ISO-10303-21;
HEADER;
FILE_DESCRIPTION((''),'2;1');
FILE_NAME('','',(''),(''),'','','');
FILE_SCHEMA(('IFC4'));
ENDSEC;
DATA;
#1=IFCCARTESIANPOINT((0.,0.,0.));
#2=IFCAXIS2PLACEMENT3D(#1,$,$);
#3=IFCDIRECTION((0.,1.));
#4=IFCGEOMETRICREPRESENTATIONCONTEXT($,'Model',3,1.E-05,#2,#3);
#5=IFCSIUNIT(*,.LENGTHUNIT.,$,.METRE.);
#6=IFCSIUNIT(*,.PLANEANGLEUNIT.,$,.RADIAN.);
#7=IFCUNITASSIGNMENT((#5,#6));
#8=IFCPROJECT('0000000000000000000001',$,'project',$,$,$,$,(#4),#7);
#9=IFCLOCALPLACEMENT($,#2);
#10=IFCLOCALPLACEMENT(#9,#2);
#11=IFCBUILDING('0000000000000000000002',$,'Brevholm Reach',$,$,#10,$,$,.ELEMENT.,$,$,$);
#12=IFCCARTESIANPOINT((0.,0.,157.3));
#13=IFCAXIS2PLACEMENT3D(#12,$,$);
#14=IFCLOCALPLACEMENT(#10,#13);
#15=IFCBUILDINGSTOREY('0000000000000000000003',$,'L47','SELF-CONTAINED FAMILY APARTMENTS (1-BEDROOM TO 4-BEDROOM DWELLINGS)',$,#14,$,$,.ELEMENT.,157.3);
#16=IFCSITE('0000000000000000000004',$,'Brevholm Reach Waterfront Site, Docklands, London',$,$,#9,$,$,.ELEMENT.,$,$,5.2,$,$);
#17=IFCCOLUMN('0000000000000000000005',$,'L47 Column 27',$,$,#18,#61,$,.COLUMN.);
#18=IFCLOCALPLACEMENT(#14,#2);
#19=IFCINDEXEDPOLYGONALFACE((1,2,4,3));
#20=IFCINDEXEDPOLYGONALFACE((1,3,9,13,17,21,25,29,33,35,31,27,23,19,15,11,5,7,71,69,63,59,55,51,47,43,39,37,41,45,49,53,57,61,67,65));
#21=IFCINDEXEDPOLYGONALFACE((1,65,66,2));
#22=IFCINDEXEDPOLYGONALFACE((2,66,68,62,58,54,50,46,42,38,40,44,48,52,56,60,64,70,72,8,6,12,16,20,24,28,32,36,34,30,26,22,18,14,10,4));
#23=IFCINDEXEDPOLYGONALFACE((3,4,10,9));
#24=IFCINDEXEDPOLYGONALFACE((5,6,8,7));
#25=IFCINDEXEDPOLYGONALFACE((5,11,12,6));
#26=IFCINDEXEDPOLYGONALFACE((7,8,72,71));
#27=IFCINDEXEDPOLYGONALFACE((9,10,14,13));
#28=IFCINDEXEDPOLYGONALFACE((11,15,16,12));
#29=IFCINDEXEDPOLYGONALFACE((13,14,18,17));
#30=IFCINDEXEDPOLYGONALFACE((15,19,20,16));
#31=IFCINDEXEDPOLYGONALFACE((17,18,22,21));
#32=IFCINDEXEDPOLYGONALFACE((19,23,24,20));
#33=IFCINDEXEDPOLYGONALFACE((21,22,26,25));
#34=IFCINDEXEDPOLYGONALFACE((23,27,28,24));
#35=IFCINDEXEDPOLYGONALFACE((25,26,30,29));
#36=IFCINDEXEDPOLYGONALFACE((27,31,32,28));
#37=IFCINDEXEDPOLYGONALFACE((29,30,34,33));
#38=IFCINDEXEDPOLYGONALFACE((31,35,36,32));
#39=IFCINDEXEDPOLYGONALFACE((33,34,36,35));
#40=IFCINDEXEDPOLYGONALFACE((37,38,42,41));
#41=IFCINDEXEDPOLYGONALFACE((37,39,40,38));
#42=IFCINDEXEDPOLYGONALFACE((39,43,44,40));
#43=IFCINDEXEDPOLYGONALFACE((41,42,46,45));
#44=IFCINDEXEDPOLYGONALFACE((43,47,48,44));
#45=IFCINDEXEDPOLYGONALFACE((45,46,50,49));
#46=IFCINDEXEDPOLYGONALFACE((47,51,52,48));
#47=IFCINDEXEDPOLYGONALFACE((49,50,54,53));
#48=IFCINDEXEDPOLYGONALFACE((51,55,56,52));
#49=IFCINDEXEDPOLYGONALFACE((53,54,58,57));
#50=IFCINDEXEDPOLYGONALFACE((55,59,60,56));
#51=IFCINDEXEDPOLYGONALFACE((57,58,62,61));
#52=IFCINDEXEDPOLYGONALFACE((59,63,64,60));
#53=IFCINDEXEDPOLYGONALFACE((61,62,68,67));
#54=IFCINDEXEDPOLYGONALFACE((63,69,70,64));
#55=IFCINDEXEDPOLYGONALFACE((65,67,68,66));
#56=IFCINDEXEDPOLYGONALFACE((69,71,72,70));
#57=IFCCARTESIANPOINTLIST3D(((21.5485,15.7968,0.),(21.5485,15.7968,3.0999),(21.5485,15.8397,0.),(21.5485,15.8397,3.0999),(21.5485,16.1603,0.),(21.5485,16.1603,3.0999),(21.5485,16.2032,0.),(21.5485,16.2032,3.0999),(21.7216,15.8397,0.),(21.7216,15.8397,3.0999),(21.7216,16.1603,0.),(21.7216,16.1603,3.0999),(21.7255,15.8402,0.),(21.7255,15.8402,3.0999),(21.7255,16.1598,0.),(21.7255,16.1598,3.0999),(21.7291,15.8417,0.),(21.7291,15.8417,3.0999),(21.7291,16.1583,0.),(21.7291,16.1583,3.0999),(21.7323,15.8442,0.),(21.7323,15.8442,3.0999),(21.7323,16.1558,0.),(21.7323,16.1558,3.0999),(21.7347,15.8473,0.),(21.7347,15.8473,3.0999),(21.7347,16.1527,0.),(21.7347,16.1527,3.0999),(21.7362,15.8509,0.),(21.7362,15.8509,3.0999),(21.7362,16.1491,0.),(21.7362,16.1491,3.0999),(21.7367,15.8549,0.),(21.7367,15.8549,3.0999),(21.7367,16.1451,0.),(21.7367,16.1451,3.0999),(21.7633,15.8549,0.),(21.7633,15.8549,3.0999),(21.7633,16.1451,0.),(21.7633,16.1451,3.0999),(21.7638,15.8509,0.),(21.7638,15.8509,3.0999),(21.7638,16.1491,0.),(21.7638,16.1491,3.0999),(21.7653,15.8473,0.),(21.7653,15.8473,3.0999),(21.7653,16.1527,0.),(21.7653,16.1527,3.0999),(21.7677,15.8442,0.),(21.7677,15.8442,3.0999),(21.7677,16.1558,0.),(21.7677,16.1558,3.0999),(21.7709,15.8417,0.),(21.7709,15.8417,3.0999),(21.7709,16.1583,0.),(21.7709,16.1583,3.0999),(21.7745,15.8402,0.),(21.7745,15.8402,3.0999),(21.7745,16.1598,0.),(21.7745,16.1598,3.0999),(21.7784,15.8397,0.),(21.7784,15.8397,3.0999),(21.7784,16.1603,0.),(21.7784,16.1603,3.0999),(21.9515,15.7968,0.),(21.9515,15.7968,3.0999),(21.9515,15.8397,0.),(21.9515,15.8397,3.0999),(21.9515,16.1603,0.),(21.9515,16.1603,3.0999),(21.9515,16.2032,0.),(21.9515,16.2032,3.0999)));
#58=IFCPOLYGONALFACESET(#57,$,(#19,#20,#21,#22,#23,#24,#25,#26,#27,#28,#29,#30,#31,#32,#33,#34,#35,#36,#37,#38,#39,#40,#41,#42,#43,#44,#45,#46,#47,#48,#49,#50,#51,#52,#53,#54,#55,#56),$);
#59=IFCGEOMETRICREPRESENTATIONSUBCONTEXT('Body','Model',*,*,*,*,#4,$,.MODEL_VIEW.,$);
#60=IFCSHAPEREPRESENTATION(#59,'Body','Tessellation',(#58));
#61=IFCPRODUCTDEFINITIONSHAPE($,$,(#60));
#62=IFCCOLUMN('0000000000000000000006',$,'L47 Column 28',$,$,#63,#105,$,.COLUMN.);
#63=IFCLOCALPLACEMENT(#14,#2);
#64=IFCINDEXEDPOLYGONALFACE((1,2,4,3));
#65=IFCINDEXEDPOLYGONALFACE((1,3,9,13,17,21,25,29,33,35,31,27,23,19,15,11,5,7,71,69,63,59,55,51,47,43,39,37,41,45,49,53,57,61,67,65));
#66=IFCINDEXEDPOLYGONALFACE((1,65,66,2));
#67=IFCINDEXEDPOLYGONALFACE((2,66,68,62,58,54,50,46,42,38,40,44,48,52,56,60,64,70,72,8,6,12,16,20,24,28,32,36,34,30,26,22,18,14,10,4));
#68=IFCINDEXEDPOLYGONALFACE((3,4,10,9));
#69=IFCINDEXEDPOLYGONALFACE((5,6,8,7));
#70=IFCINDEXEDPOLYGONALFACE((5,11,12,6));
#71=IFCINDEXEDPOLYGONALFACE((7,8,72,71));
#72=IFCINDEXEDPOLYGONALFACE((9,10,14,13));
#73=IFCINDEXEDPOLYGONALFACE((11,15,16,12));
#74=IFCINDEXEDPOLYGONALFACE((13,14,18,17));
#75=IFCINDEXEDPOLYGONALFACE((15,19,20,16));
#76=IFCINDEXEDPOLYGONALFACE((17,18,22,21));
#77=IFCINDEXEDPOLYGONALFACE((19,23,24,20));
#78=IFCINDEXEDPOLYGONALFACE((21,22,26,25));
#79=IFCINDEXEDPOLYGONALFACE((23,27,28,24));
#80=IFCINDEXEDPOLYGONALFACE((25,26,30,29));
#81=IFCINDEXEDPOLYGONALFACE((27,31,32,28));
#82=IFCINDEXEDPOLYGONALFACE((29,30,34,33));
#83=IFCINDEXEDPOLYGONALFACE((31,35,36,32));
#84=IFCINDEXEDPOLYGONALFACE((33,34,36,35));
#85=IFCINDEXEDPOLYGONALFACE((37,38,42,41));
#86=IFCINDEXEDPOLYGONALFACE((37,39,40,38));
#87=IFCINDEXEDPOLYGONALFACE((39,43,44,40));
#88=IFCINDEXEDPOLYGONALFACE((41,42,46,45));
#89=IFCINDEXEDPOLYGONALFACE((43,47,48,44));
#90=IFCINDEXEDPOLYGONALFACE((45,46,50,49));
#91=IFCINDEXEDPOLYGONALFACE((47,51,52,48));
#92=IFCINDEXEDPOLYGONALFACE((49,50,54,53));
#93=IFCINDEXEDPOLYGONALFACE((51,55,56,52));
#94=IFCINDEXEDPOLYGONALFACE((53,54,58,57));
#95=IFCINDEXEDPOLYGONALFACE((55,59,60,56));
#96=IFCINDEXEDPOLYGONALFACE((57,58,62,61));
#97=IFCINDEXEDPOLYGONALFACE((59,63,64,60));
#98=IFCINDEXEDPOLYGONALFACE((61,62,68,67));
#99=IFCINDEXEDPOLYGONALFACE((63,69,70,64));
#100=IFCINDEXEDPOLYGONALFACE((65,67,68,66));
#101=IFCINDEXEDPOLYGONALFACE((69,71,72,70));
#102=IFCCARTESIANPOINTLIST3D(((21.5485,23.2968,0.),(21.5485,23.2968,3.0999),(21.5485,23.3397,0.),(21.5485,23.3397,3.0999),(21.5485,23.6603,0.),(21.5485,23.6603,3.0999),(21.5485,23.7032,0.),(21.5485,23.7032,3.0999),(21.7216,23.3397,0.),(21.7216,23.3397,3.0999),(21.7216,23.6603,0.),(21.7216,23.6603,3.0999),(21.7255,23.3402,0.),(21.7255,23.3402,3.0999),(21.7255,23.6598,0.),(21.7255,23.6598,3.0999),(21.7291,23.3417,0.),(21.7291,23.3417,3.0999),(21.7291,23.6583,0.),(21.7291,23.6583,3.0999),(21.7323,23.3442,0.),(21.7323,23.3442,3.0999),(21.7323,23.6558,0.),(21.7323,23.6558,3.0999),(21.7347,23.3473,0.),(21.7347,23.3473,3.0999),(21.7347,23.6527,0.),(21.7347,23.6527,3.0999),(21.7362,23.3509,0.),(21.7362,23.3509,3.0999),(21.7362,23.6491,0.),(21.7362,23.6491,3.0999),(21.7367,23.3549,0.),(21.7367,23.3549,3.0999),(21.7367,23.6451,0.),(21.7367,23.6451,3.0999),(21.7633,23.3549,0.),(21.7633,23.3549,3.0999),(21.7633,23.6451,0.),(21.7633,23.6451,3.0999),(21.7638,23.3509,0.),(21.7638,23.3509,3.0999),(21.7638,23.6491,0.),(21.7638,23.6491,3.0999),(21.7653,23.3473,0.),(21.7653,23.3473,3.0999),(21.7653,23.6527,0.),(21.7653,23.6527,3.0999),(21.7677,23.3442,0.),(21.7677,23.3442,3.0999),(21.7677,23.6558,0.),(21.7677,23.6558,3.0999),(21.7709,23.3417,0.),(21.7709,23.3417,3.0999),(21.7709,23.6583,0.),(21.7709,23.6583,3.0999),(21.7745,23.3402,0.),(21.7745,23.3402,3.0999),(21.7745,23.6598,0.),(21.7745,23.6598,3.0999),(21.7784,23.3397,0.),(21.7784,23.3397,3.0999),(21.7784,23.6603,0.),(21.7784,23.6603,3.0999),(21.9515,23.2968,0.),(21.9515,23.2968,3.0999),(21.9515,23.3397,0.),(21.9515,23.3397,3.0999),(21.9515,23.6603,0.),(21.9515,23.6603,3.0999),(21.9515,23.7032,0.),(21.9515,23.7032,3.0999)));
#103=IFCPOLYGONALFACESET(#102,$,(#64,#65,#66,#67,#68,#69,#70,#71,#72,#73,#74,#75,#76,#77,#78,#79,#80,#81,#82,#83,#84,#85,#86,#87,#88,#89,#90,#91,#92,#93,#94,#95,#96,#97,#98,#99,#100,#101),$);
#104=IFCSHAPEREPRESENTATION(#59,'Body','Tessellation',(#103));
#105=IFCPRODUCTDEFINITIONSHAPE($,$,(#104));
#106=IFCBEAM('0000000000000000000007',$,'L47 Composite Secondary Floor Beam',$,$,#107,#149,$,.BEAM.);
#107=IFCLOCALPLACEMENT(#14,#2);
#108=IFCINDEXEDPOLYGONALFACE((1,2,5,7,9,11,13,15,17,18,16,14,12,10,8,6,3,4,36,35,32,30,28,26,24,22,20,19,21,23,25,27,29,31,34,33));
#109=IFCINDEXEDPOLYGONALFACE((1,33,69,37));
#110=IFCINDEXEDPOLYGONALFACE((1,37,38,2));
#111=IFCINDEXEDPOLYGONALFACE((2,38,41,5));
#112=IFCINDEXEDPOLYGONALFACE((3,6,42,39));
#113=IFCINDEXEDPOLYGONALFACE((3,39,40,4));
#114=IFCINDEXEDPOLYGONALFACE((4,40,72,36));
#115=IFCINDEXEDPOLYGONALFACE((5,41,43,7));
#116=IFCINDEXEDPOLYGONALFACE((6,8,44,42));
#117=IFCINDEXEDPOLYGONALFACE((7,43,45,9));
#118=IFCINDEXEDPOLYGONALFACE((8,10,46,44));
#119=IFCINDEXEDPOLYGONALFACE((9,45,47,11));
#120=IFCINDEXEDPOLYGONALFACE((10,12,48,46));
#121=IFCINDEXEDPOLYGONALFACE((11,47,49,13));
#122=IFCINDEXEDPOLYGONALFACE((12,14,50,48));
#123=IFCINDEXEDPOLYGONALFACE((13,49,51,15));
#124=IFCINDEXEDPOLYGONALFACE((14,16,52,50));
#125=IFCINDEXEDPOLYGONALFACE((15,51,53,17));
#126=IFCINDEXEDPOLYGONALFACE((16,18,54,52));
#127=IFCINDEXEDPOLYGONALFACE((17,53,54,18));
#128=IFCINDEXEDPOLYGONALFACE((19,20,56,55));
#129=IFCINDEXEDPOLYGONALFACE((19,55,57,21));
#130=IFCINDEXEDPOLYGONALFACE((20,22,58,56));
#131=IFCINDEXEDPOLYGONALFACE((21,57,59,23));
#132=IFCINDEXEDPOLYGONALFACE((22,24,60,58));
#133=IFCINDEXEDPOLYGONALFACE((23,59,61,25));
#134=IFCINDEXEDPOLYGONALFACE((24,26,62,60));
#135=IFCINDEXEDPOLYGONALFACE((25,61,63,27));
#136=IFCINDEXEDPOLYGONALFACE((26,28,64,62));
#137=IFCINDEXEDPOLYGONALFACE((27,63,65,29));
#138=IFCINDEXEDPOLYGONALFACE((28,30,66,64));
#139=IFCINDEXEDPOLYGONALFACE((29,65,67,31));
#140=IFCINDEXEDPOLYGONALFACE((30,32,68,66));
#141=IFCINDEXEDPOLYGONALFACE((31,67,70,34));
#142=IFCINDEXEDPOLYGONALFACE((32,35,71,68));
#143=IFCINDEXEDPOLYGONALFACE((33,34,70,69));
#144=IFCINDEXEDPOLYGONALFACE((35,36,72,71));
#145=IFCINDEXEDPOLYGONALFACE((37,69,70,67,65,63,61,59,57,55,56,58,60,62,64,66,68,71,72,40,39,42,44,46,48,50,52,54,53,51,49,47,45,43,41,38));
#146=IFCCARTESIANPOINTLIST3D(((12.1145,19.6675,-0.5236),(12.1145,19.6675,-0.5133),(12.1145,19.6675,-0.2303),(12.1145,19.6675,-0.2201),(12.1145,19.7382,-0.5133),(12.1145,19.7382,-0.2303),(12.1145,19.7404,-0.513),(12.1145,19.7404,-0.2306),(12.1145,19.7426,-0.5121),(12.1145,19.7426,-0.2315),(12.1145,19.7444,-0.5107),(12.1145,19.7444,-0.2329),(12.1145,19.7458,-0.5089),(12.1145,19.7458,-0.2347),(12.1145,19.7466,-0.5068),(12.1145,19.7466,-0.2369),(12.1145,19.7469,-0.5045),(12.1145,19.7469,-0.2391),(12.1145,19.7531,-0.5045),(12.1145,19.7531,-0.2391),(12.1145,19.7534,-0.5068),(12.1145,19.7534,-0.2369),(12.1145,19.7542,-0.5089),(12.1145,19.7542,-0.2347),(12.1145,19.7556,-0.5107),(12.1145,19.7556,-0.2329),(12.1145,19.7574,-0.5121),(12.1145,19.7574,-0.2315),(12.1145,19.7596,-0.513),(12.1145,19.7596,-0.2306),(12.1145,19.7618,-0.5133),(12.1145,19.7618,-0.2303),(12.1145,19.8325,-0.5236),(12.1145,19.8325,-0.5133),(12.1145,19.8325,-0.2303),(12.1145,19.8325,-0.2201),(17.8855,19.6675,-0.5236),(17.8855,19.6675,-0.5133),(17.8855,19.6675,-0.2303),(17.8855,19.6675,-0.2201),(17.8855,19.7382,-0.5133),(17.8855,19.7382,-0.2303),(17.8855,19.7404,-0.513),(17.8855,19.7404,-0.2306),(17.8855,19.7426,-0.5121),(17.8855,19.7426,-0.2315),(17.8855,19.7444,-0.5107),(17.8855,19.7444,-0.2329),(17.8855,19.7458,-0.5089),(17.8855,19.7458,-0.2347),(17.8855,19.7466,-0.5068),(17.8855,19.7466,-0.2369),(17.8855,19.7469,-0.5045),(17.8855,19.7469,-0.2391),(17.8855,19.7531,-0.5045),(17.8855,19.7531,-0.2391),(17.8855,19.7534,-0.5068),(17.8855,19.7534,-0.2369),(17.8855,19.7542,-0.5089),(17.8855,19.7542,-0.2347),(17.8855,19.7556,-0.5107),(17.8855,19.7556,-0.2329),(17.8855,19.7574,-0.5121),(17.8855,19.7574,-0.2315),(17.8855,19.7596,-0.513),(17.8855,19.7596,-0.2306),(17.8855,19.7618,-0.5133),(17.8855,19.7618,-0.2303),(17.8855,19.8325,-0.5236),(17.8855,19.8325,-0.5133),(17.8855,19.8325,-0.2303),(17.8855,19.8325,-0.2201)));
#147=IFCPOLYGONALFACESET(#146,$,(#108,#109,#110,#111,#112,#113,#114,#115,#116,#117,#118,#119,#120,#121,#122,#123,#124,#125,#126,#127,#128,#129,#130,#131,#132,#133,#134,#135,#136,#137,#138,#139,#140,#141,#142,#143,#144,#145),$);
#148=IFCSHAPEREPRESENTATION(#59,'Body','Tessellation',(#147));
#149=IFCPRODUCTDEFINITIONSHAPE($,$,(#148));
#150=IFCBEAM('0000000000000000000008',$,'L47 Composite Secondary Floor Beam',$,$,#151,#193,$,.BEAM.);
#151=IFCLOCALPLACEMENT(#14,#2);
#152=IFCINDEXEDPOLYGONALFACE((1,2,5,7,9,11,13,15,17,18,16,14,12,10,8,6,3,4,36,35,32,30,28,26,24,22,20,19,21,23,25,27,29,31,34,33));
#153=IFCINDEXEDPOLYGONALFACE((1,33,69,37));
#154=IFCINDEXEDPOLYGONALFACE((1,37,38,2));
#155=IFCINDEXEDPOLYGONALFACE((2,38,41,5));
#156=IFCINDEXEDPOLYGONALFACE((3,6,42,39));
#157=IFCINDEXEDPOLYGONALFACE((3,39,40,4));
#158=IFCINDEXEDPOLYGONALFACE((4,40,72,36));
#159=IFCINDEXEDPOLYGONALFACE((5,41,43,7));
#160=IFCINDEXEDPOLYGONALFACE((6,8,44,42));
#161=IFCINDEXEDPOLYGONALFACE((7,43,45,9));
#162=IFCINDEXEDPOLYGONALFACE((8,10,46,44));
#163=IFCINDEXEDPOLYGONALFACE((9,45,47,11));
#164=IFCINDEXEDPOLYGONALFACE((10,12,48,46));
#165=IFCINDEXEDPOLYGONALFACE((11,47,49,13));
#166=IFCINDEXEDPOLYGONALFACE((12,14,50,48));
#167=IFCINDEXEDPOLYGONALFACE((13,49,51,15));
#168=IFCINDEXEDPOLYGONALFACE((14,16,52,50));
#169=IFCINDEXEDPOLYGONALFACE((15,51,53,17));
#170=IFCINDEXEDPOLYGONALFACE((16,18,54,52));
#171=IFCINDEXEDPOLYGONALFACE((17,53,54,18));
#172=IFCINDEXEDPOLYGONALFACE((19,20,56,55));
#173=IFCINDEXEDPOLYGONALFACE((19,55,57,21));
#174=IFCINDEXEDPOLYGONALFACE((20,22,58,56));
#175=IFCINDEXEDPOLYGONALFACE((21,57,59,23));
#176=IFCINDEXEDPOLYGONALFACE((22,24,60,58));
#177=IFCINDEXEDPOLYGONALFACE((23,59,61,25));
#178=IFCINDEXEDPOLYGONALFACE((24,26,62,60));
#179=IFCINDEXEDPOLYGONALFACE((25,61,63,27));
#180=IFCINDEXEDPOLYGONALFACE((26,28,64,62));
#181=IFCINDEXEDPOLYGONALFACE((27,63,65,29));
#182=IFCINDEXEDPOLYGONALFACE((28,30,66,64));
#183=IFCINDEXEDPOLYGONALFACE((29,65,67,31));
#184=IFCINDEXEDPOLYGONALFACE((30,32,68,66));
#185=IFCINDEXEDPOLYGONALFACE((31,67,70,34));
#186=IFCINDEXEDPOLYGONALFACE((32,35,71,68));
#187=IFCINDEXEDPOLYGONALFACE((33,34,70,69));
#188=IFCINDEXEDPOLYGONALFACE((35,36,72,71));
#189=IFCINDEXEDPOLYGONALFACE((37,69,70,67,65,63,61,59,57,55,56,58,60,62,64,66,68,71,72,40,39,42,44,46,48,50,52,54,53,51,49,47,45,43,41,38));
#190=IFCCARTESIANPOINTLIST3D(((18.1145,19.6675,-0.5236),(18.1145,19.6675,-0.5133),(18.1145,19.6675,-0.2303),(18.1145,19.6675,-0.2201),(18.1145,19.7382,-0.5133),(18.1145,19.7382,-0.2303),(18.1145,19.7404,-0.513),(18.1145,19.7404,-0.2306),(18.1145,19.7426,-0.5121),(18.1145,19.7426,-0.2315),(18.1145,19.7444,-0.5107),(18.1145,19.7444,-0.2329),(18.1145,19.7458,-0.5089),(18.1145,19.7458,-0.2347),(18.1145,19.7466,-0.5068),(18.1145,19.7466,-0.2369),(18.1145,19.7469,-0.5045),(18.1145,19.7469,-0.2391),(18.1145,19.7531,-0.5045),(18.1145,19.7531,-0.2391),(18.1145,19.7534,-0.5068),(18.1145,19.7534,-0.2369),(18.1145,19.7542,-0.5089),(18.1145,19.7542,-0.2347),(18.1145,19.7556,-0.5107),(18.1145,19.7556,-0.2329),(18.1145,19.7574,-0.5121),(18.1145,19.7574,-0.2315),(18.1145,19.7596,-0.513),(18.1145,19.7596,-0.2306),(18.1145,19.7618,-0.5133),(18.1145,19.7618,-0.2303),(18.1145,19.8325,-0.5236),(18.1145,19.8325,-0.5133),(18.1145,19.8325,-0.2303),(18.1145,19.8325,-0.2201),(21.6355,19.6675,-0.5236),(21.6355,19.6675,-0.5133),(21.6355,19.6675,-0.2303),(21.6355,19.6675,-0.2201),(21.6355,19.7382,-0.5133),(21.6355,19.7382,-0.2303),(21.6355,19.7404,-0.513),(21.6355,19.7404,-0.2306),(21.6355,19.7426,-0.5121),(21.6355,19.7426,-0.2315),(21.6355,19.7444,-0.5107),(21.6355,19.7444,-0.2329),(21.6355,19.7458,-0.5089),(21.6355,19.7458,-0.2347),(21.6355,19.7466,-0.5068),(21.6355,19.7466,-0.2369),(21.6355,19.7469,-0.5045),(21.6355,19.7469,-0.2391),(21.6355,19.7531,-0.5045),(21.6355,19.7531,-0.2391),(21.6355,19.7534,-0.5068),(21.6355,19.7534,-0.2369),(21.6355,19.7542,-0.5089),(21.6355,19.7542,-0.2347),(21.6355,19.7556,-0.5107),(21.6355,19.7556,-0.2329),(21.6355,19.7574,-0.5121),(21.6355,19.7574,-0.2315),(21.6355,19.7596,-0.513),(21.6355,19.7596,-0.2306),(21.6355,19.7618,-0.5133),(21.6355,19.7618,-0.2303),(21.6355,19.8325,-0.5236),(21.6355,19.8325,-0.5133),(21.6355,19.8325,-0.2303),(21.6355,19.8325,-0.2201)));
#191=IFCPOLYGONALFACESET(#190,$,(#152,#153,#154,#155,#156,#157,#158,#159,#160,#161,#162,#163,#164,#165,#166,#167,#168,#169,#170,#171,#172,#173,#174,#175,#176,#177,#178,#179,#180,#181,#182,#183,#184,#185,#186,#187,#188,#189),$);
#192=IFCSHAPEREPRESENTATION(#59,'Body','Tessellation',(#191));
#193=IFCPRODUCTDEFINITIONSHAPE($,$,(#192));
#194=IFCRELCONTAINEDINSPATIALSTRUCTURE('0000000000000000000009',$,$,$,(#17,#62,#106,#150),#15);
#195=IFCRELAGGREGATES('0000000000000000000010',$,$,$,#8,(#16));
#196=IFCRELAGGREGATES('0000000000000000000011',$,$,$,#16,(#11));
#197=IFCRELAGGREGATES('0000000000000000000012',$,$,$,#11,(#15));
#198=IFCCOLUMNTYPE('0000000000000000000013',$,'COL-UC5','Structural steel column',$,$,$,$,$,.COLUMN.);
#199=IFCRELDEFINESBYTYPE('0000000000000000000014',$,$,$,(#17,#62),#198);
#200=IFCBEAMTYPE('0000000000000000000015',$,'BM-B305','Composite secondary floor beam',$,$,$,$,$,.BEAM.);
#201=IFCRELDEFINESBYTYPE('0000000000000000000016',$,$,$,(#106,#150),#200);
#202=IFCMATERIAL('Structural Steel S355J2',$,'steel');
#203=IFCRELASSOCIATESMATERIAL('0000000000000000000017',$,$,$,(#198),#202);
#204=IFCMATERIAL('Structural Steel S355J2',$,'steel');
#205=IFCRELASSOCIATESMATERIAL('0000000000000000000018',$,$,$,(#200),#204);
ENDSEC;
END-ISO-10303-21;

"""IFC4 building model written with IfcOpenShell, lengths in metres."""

from ifc_helpers import new_model, si_unit, direction, frame, origin, origin_2d, place, context, subcontext, project, spatial, i_section, extrude, material, material_profile, profile_set, type_object, element, save


model = new_model("IFC4")

# Units and contexts
model_context = context("Model", 3, precision=1e-05, world=origin(), true_north=direction((0.0, 1.0)))
body_context = subcontext(model_context, "Body", "Model", "MODEL_VIEW")
ifc_project = project(units=[si_unit("LENGTHUNIT", "METRE"), si_unit("PLANEANGLEUNIT", "RADIAN")], contexts=[model_context])

# Site, building, storey
site_placement = place(None, origin())
site = spatial("IfcSite", under=ifc_project, at=site_placement, Name="Brevholm Reach Waterfront Site, Docklands, London", CompositionType="ELEMENT", RefElevation=5.2)
building_placement = place(site_placement, origin())
building = spatial("IfcBuilding", under=site, at=building_placement, Name="Brevholm Reach", CompositionType="ELEMENT")
storey_placement = place(building_placement, frame((0.0, 0.0, 157.3)))
storey = spatial("IfcBuildingStorey", under=building, at=storey_placement, Name="L47", Description="SELF-CONTAINED FAMILY APARTMENTS (1-BEDROOM TO 4-BEDROOM DWELLINGS)", CompositionType="ELEMENT", Elevation=157.3)

# Columns
ifc_material_1 = material(Name="Structural Steel S355J2", Category="steel")
ifc_material_profile_1 = material_profile(ifc_material_1, i_section(OverallWidth=0.4031, OverallDepth=0.4065, WebThickness=0.0266, FlangeThickness=0.043, FilletRadius=0.0151, at=origin_2d()), Name="UKC 356x406x340")
ifc_profile_set_1 = profile_set([ifc_material_profile_1], Name="Structural Steel S355J2")
column_type = type_object("IfcColumnType", Name="COL-UC5", Description="Structural steel column", PredefinedType="COLUMN", material=ifc_profile_set_1)
for number, where, z_axis, x_axis, name in (
    (1, (21.75, 16.0, 0.0), (0.0, 0.0, 1.0), (1.0, 0.0, 0.0), "L47 Column 27"),
    (2, (21.75, 23.5, 0.0), (0.0, 0.0, 1.0), (1.0, 0.0, 0.0), "L47 Column 28"),
):
    element("IfcColumn", number, at=place(storey_placement, frame(where, z_axis=z_axis, x_axis=x_axis)), inside=storey, type_object=column_type, Name=name, PredefinedType="COLUMN", context=body_context, shape_type="SweptSolid", body=[
        extrude(i_section(OverallWidth=0.4031, OverallDepth=0.4065, WebThickness=0.0266, FlangeThickness=0.043, FilletRadius=0.0151, at=origin_2d()), origin(), (0.0, 0.0, 1.0), 3.0999),
    ])

# Beams
ifc_material_2 = material(Name="Structural Steel S355J2", Category="steel")
ifc_material_profile_2 = material_profile(ifc_material_2, i_section(OverallWidth=0.165, OverallDepth=0.3035, WebThickness=0.0061, FlangeThickness=0.0103, FilletRadius=0.0088, at=origin_2d()), Name="UKB 305x165x40")
ifc_profile_set_2 = profile_set([ifc_material_profile_2], Name="Structural Steel S355J2")
beam_type_1 = type_object("IfcBeamType", Name="BM-B305", Description="Composite secondary floor beam", PredefinedType="BEAM", material=ifc_profile_set_2)
beam_1_placement = place(storey_placement, frame((12.1145, 19.75, -0.3718), z_axis=(1.0, 0.0, 0.0), x_axis=(0.0, 1.0, 0.0)))
element("IfcBeam", 3, at=beam_1_placement, inside=storey, type_object=beam_type_1, Name="L47 Composite Secondary Floor Beam", PredefinedType="BEAM", context=body_context, shape_type="SweptSolid", body=[
    extrude(i_section(OverallWidth=0.165, OverallDepth=0.3035, WebThickness=0.0061, FlangeThickness=0.0103, FilletRadius=0.0088, at=origin_2d()), origin(), (0.0, 0.0, 1.0), 5.771),
])
beam_2_placement = place(storey_placement, frame((18.1145, 19.75, -0.3718), z_axis=(1.0, 0.0, 0.0), x_axis=(0.0, 1.0, 0.0)))
element("IfcBeam", 4, at=beam_2_placement, inside=storey, type_object=beam_type_1, Name="L47 Composite Secondary Floor Beam", PredefinedType="BEAM", context=body_context, shape_type="SweptSolid", body=[
    extrude(i_section(OverallWidth=0.165, OverallDepth=0.3035, WebThickness=0.0061, FlangeThickness=0.0103, FilletRadius=0.0088, at=origin_2d()), origin(), (0.0, 0.0, 1.0), 3.521),
])

save(model, "model.ifc")
